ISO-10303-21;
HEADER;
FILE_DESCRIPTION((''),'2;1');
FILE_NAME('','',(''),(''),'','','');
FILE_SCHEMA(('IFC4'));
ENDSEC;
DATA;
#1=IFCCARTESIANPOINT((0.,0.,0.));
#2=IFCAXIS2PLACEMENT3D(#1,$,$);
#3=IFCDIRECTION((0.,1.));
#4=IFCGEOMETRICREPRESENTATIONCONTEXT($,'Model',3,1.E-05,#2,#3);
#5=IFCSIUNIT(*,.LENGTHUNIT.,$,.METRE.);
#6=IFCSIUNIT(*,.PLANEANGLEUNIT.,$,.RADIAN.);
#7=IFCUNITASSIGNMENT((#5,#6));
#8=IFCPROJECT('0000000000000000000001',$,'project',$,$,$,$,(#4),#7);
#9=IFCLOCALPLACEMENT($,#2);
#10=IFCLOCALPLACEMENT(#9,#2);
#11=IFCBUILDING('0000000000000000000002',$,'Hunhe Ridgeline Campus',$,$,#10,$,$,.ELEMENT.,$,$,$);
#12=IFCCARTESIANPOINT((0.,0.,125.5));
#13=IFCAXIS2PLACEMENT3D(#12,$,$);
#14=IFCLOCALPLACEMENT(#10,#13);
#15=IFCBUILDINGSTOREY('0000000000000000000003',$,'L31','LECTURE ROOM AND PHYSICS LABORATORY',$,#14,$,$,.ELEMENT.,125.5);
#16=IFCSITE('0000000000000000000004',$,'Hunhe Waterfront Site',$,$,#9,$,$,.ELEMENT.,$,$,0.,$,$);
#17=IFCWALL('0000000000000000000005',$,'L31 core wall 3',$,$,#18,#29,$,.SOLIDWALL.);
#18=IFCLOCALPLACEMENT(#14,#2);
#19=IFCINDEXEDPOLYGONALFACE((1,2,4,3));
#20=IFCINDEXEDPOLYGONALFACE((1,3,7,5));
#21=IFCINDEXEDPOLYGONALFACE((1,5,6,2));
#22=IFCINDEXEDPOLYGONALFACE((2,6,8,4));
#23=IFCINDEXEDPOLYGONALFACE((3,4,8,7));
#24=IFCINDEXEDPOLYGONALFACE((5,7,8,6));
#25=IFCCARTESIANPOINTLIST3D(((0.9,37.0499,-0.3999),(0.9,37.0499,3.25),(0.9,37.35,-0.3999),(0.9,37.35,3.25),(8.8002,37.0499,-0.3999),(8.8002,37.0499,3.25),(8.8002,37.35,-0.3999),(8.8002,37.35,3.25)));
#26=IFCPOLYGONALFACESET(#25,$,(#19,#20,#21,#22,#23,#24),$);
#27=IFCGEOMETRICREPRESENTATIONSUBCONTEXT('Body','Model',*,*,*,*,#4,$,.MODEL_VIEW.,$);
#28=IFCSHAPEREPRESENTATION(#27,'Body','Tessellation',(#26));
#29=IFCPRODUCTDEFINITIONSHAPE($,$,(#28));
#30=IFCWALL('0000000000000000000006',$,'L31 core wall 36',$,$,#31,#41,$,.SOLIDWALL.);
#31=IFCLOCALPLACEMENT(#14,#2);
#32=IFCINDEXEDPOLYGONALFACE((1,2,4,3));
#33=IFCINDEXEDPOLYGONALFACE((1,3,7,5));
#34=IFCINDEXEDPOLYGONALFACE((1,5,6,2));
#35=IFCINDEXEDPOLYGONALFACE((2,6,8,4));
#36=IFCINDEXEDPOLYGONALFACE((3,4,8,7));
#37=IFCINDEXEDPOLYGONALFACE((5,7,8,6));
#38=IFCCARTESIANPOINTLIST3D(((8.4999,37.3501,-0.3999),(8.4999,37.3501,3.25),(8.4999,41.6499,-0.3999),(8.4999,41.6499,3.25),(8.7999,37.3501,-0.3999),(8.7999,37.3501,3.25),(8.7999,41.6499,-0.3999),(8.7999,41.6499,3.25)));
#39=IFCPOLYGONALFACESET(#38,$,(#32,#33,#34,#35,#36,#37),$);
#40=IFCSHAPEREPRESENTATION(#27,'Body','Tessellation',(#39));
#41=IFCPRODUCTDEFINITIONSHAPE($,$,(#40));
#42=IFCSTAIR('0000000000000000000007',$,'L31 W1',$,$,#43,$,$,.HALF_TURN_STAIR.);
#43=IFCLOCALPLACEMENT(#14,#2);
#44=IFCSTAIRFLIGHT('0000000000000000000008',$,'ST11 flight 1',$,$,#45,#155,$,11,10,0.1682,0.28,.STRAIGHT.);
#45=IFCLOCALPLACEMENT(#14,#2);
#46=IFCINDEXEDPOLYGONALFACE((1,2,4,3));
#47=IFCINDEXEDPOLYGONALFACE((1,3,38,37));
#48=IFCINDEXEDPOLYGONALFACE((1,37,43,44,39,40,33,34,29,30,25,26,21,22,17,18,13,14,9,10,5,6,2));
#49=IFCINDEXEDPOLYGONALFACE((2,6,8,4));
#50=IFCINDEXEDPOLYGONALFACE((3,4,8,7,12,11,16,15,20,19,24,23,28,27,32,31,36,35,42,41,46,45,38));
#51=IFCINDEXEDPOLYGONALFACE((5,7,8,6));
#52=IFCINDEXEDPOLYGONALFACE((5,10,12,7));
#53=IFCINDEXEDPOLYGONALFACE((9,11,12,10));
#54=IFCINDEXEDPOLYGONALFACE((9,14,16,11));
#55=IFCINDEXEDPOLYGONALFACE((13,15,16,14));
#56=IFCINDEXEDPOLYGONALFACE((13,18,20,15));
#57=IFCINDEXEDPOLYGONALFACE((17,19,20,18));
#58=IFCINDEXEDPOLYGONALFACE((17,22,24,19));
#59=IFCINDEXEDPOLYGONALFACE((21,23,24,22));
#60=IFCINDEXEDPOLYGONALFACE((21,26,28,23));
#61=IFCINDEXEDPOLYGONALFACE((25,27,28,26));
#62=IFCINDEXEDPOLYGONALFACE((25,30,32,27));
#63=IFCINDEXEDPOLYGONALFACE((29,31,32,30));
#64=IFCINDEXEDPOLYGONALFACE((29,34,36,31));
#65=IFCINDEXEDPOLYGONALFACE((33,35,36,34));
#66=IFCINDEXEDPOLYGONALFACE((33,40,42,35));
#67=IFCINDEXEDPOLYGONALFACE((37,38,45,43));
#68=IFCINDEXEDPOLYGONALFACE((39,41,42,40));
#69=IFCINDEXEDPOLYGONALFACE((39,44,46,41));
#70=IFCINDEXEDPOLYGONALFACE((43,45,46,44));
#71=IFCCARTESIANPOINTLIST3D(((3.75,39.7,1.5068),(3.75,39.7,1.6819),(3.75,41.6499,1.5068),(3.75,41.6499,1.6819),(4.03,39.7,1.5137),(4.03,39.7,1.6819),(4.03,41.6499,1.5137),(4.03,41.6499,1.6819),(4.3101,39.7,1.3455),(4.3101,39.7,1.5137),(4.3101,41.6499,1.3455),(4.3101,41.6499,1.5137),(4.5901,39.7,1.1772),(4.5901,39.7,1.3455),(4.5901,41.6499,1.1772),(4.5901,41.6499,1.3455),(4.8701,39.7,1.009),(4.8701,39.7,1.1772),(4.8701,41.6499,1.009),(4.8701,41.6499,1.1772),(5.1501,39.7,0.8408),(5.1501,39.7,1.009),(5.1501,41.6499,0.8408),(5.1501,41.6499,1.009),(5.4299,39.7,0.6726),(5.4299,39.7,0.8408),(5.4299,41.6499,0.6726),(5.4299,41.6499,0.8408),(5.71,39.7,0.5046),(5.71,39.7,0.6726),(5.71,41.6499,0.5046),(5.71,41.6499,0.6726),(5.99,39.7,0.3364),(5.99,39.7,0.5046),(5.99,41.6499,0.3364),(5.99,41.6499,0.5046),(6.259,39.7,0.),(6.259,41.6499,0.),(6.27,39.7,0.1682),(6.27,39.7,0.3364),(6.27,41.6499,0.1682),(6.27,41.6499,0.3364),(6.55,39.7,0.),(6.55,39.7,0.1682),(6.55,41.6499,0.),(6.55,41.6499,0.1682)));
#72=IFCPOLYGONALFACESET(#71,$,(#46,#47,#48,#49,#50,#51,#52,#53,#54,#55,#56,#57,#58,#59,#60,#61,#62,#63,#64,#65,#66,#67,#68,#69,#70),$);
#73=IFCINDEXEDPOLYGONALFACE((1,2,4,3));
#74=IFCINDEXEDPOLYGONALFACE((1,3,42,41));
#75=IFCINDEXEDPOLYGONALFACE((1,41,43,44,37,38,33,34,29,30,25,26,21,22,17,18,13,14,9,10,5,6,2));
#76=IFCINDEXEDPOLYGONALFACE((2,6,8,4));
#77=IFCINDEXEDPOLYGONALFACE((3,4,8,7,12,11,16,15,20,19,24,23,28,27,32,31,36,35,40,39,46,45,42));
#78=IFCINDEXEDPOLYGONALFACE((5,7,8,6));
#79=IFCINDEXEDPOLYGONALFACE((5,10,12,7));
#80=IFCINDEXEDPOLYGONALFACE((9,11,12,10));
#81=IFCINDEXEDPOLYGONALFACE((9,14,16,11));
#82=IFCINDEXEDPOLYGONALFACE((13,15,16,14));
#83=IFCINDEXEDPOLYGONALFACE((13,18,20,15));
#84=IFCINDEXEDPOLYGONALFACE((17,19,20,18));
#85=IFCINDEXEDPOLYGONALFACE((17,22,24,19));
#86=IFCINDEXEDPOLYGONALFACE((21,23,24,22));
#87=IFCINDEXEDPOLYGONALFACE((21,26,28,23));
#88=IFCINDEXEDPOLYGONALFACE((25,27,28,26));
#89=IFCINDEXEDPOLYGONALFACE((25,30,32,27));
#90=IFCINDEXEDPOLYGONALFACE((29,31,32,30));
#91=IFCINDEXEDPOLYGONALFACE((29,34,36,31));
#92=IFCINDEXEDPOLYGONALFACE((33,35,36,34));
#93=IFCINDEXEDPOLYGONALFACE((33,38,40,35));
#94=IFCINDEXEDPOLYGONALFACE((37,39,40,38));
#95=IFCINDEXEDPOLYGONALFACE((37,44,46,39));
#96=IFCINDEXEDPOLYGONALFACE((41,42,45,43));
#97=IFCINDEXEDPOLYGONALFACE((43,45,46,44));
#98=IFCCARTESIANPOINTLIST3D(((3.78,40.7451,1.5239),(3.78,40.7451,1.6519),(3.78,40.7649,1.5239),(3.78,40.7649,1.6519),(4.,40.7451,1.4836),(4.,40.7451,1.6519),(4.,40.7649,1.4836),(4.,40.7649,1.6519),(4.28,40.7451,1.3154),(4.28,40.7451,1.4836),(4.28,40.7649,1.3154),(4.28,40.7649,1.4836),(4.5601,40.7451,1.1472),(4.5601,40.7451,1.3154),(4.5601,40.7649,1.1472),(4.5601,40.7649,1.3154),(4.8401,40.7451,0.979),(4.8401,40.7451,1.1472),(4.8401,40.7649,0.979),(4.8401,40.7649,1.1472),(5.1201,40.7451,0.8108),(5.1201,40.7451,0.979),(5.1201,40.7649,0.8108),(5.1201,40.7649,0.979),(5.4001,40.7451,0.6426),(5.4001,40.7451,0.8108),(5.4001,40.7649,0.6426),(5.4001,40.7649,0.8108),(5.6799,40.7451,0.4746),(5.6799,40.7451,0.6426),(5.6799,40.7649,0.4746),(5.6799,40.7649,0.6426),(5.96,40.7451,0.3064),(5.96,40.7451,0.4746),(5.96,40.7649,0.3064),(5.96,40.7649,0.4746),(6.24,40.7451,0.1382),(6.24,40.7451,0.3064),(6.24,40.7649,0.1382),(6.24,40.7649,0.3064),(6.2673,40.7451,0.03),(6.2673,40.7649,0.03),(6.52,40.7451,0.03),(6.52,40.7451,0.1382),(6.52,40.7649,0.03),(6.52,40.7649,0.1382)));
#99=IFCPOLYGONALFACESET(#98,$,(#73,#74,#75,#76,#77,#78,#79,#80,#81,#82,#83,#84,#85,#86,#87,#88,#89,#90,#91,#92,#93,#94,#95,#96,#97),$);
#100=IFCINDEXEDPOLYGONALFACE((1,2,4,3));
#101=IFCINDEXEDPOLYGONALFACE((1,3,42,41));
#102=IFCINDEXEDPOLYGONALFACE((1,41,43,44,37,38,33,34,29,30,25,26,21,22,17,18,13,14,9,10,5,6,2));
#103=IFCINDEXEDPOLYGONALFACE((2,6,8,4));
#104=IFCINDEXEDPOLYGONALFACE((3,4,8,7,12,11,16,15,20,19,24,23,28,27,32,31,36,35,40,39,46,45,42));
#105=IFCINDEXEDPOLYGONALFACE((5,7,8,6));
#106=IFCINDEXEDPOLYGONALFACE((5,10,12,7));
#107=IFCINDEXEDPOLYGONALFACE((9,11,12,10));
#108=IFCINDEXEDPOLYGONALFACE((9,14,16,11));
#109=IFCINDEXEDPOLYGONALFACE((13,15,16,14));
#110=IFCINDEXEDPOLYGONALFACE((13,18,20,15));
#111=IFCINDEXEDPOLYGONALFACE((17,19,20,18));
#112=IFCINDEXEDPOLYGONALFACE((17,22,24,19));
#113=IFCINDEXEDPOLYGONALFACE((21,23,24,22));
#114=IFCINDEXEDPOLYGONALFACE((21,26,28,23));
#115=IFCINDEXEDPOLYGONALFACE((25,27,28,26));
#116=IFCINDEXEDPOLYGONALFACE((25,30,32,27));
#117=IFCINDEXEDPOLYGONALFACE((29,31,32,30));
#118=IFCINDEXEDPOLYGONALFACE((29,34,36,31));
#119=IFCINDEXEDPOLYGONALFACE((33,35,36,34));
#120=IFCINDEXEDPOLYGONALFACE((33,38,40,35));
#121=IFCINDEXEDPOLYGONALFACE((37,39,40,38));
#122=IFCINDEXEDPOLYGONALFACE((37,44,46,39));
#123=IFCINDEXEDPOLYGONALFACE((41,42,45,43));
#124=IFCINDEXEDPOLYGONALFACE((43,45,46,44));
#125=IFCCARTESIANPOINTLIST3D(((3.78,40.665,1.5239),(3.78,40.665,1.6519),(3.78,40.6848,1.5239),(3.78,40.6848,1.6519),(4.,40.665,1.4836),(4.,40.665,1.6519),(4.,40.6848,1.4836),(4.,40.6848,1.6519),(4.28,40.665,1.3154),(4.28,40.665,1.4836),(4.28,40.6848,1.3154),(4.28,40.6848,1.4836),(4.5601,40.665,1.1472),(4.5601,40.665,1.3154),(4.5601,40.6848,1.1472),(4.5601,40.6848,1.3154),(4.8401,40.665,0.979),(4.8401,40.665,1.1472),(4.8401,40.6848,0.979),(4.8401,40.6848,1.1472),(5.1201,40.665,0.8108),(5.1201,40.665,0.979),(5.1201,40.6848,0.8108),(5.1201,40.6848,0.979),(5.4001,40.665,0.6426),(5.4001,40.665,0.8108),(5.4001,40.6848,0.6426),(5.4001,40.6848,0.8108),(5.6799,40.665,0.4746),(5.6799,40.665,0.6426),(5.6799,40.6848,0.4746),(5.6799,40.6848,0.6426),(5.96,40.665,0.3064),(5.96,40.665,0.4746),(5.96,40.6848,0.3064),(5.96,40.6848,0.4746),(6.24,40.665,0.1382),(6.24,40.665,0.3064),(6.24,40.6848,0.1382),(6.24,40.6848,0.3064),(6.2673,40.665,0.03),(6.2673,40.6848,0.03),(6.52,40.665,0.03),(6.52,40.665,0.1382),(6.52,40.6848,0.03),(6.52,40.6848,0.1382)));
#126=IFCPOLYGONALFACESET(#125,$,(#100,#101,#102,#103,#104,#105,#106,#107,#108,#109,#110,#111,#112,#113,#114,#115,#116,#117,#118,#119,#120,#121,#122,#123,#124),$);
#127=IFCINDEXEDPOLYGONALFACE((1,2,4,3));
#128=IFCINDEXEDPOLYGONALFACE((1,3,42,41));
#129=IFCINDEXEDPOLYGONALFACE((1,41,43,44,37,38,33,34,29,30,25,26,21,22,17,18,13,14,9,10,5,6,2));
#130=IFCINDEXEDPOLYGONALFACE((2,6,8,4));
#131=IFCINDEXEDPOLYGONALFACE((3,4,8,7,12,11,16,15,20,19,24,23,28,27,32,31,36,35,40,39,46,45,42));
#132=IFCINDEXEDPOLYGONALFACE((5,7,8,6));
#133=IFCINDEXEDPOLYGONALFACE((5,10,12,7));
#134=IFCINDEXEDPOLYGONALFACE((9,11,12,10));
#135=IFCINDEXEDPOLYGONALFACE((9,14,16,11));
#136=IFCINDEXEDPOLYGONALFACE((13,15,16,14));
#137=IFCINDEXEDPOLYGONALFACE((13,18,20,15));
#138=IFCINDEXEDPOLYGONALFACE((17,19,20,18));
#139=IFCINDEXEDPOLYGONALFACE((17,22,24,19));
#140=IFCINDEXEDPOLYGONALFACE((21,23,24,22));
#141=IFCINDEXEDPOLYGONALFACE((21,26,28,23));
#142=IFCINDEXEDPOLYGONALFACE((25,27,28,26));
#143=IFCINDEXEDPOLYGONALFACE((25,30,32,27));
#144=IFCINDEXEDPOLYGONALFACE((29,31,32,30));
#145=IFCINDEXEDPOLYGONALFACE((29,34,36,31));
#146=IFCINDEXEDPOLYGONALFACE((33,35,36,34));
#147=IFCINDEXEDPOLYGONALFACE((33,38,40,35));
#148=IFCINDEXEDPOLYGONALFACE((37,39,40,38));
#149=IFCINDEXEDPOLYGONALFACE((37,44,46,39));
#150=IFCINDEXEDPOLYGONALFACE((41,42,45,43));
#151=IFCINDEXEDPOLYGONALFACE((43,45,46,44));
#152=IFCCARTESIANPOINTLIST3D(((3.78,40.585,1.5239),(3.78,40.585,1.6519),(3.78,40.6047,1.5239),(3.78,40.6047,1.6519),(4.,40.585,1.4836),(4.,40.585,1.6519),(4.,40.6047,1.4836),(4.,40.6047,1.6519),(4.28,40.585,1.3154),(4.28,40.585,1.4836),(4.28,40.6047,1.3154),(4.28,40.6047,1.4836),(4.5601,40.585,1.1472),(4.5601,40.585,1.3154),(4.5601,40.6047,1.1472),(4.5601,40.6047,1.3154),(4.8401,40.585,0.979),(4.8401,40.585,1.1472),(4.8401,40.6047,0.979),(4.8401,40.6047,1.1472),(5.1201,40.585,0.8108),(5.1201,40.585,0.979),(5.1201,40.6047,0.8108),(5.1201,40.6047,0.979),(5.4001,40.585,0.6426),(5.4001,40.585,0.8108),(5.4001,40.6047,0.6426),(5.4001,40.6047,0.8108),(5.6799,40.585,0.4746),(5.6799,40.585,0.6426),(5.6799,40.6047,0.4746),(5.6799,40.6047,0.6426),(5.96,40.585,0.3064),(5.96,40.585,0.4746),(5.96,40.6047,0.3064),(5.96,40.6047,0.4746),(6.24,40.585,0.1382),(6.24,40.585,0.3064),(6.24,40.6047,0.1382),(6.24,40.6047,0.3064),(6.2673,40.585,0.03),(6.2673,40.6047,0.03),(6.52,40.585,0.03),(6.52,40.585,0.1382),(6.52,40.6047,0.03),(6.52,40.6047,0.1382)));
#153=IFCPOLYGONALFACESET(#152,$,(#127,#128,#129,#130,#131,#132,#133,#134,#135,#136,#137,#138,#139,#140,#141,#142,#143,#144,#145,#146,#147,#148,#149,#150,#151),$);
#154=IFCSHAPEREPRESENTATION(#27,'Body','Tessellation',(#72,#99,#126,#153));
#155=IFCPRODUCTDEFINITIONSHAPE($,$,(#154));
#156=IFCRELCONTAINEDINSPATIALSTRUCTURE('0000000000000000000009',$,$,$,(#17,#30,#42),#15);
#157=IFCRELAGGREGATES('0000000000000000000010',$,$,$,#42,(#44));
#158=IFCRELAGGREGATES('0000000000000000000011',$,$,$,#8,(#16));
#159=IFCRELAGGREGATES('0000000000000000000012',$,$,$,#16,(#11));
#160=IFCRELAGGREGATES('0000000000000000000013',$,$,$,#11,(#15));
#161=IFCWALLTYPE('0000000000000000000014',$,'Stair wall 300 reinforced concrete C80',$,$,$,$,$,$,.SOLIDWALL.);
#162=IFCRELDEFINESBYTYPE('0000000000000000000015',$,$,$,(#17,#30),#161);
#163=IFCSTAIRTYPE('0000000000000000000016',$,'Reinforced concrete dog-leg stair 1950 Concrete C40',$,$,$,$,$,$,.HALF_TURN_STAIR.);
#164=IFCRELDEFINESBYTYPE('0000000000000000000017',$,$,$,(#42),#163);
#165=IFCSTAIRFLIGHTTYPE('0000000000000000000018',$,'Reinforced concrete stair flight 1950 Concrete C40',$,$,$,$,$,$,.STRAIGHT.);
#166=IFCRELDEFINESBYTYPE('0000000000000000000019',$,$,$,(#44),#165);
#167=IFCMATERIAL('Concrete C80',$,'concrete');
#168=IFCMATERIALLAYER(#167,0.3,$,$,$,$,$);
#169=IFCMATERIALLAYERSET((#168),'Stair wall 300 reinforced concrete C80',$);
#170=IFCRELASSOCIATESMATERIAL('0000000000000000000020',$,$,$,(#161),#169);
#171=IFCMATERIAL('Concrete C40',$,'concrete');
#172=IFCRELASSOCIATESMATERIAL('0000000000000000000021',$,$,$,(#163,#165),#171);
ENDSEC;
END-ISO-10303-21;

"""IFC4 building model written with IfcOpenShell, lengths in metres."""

from ifc_helpers import new_model, si_unit, direction, frame, frame_2d, origin, place, context, subcontext, project, spatial, polyline, rectangle, outline, extrude, material, layer, layer_set, type_object, element, aggregate, save


model = new_model("IFC4")

# Units and contexts
model_context = context("Model", 3, precision=1e-05, world=origin(), true_north=direction((0.0, 1.0)))
body_context = subcontext(model_context, "Body", "Model", "MODEL_VIEW")
ifc_project = project(units=[si_unit("LENGTHUNIT", "METRE"), si_unit("PLANEANGLEUNIT", "RADIAN")], contexts=[model_context])

# Site, building, storey
site_placement = place(None, origin())
site = spatial("IfcSite", under=ifc_project, at=site_placement, Name="Hunhe Waterfront Site", CompositionType="ELEMENT", RefElevation=0.0)
building_placement = place(site_placement, origin())
building = spatial("IfcBuilding", under=site, at=building_placement, Name="Hunhe Ridgeline Campus", CompositionType="ELEMENT")
storey_placement = place(building_placement, frame((0.0, 0.0, 125.5)))
storey = spatial("IfcBuildingStorey", under=building, at=storey_placement, Name="L31", Description="LECTURE ROOM AND PHYSICS LABORATORY", CompositionType="ELEMENT", Elevation=125.5)

# Wall
ifc_material_1 = material(Name="Concrete C80", Category="concrete")
ifc_layer_1 = layer(ifc_material_1, 0.3)
ifc_layer_set_1 = layer_set([ifc_layer_1], Name="Stair wall 300 reinforced concrete C80")
wall_type_1 = type_object("IfcWallType", Name="Stair wall 300 reinforced concrete C80", PredefinedType="SOLIDWALL", material=ifc_layer_set_1)
wall_1_placement = place(storey_placement, frame((0.8999, 37.2, -0.3999), z_axis=(0.0, 0.0, 1.0), x_axis=(1.0, 0.0, 0.0)))
element("IfcWall", 1, at=wall_1_placement, inside=storey, type_object=wall_type_1, Name="L31 core wall 3", PredefinedType="SOLIDWALL", context=body_context, shape_type="SweptSolid", body=[
    extrude(rectangle(XDim=7.9001, YDim=0.3, at=frame_2d((3.9502, 0.0))), origin(), (0.0, 0.0, 1.0), 3.6499),
])

# Wall
wall_2_placement = place(storey_placement, frame((8.6499, 37.3501, -0.3999), z_axis=(0.0, 0.0, 1.0), x_axis=(0.0, 1.0, 0.0)))
element("IfcWall", 2, at=wall_2_placement, inside=storey, type_object=wall_type_1, Name="L31 core wall 36", PredefinedType="SOLIDWALL", context=body_context, shape_type="SweptSolid", body=[
    extrude(rectangle(XDim=4.2998, YDim=0.3, at=frame_2d((2.1499, 0.0))), origin(), (0.0, 0.0, 1.0), 3.6499),
])

# Stair, stair flight
ifc_material_2 = material(Name="Concrete C40", Category="concrete")
stair_type = type_object("IfcStairType", Name="Reinforced concrete dog-leg stair 1950 Concrete C40", PredefinedType="HALF_TURN_STAIR", material=ifc_material_2)
stair_placement = place(storey_placement, origin())
stair = element("IfcStair", 3, at=stair_placement, inside=storey, type_object=stair_type, Name="L31 W1", PredefinedType="HALF_TURN_STAIR")
stair_flight_type = type_object("IfcStairFlightType", Name="Reinforced concrete stair flight 1950 Concrete C40", PredefinedType="STRAIGHT", material=ifc_material_2)
stair_flight_1_placement = place(storey_placement, frame((6.55, 40.675, 0.0), z_axis=(0.0, 0.0, 1.0), x_axis=(-1.0, 0.0, 0.0)))
stair_flight_1 = element("IfcStairFlight", 4, at=stair_flight_1_placement, type_object=stair_flight_type, Name="ST11 flight 1", NumberOfRisers=11, NumberOfTreads=10, PredefinedType="STRAIGHT", RiserHeight=0.1682, TreadLength=0.28, context=body_context, shape_type="SweptSolid", body=[
    extrude(outline(polyline([(0.0, 0.0), (0.0, 0.1682), (0.28, 0.1682), (0.28, 0.3364), (0.5601, 0.3364), (0.5601, 0.5046), (0.8401, 0.5046), (0.8401, 0.6726), (1.1201, 0.6726), (1.1201, 0.8408), (1.3999, 0.8408), (1.3999, 1.009), (1.6799, 1.009), (1.6799, 1.1772), (1.96, 1.1772), (1.96, 1.3455), (2.24, 1.3455), (2.24, 1.5137), (2.52, 1.5137), (2.52, 1.6819), (2.8, 1.6819), (2.8, 1.8501), (2.8, 1.5068), (0.291, 0.0), (0.0, 0.0)])), frame((0.0, 0.9751, 0.0), z_axis=(0.0, -1.0, 0.0), x_axis=(1.0, 0.0, 0.0)), (0.0, 0.0, 1.0), 1.95),
    extrude(outline(polyline([(0.03, 0.03), (0.03, 0.1382), (0.3101, 0.1382), (0.3101, 0.3064), (0.5901, 0.3064), (0.5901, 0.4746), (0.8701, 0.4746), (0.8701, 0.6426), (1.1499, 0.6426), (1.1499, 0.8108), (1.4299, 0.8108), (1.4299, 0.979), (1.71, 0.979), (1.71, 1.1472), (1.99, 1.1472), (1.99, 1.3154), (2.27, 1.3154), (2.27, 1.4836), (2.55, 1.4836), (2.55, 1.6519), (2.77, 1.6519), (2.77, 1.5239), (0.2827, 0.03), (0.03, 0.03)])), frame((0.0, -0.0701, 0.0), z_axis=(0.0, -1.0, 0.0), x_axis=(1.0, 0.0, 0.0)), (0.0, 0.0, 1.0), 0.0198),
    extrude(outline(polyline([(0.03, 0.03), (0.03, 0.1382), (0.3101, 0.1382), (0.3101, 0.3064), (0.5901, 0.3064), (0.5901, 0.4746), (0.8701, 0.4746), (0.8701, 0.6426), (1.1499, 0.6426), (1.1499, 0.8108), (1.4299, 0.8108), (1.4299, 0.979), (1.71, 0.979), (1.71, 1.1472), (1.99, 1.1472), (1.99, 1.3154), (2.27, 1.3154), (2.27, 1.4836), (2.55, 1.4836), (2.55, 1.6519), (2.77, 1.6519), (2.77, 1.5239), (0.2827, 0.03), (0.03, 0.03)])), frame((0.0, 0.01, 0.0), z_axis=(0.0, -1.0, 0.0), x_axis=(1.0, 0.0, 0.0)), (0.0, 0.0, 1.0), 0.0198),
    extrude(outline(polyline([(0.03, 0.03), (0.03, 0.1382), (0.3101, 0.1382), (0.3101, 0.3064), (0.5901, 0.3064), (0.5901, 0.4746), (0.8701, 0.4746), (0.8701, 0.6426), (1.1499, 0.6426), (1.1499, 0.8108), (1.4299, 0.8108), (1.4299, 0.979), (1.71, 0.979), (1.71, 1.1472), (1.99, 1.1472), (1.99, 1.3154), (2.27, 1.3154), (2.27, 1.4836), (2.55, 1.4836), (2.55, 1.6519), (2.77, 1.6519), (2.77, 1.5239), (0.2827, 0.03), (0.03, 0.03)])), frame((0.0, 0.0901, 0.0), z_axis=(0.0, -1.0, 0.0), x_axis=(1.0, 0.0, 0.0)), (0.0, 0.0, 1.0), 0.0198),
])
aggregate(stair, [stair_flight_1])

save(model, "model.ifc")
